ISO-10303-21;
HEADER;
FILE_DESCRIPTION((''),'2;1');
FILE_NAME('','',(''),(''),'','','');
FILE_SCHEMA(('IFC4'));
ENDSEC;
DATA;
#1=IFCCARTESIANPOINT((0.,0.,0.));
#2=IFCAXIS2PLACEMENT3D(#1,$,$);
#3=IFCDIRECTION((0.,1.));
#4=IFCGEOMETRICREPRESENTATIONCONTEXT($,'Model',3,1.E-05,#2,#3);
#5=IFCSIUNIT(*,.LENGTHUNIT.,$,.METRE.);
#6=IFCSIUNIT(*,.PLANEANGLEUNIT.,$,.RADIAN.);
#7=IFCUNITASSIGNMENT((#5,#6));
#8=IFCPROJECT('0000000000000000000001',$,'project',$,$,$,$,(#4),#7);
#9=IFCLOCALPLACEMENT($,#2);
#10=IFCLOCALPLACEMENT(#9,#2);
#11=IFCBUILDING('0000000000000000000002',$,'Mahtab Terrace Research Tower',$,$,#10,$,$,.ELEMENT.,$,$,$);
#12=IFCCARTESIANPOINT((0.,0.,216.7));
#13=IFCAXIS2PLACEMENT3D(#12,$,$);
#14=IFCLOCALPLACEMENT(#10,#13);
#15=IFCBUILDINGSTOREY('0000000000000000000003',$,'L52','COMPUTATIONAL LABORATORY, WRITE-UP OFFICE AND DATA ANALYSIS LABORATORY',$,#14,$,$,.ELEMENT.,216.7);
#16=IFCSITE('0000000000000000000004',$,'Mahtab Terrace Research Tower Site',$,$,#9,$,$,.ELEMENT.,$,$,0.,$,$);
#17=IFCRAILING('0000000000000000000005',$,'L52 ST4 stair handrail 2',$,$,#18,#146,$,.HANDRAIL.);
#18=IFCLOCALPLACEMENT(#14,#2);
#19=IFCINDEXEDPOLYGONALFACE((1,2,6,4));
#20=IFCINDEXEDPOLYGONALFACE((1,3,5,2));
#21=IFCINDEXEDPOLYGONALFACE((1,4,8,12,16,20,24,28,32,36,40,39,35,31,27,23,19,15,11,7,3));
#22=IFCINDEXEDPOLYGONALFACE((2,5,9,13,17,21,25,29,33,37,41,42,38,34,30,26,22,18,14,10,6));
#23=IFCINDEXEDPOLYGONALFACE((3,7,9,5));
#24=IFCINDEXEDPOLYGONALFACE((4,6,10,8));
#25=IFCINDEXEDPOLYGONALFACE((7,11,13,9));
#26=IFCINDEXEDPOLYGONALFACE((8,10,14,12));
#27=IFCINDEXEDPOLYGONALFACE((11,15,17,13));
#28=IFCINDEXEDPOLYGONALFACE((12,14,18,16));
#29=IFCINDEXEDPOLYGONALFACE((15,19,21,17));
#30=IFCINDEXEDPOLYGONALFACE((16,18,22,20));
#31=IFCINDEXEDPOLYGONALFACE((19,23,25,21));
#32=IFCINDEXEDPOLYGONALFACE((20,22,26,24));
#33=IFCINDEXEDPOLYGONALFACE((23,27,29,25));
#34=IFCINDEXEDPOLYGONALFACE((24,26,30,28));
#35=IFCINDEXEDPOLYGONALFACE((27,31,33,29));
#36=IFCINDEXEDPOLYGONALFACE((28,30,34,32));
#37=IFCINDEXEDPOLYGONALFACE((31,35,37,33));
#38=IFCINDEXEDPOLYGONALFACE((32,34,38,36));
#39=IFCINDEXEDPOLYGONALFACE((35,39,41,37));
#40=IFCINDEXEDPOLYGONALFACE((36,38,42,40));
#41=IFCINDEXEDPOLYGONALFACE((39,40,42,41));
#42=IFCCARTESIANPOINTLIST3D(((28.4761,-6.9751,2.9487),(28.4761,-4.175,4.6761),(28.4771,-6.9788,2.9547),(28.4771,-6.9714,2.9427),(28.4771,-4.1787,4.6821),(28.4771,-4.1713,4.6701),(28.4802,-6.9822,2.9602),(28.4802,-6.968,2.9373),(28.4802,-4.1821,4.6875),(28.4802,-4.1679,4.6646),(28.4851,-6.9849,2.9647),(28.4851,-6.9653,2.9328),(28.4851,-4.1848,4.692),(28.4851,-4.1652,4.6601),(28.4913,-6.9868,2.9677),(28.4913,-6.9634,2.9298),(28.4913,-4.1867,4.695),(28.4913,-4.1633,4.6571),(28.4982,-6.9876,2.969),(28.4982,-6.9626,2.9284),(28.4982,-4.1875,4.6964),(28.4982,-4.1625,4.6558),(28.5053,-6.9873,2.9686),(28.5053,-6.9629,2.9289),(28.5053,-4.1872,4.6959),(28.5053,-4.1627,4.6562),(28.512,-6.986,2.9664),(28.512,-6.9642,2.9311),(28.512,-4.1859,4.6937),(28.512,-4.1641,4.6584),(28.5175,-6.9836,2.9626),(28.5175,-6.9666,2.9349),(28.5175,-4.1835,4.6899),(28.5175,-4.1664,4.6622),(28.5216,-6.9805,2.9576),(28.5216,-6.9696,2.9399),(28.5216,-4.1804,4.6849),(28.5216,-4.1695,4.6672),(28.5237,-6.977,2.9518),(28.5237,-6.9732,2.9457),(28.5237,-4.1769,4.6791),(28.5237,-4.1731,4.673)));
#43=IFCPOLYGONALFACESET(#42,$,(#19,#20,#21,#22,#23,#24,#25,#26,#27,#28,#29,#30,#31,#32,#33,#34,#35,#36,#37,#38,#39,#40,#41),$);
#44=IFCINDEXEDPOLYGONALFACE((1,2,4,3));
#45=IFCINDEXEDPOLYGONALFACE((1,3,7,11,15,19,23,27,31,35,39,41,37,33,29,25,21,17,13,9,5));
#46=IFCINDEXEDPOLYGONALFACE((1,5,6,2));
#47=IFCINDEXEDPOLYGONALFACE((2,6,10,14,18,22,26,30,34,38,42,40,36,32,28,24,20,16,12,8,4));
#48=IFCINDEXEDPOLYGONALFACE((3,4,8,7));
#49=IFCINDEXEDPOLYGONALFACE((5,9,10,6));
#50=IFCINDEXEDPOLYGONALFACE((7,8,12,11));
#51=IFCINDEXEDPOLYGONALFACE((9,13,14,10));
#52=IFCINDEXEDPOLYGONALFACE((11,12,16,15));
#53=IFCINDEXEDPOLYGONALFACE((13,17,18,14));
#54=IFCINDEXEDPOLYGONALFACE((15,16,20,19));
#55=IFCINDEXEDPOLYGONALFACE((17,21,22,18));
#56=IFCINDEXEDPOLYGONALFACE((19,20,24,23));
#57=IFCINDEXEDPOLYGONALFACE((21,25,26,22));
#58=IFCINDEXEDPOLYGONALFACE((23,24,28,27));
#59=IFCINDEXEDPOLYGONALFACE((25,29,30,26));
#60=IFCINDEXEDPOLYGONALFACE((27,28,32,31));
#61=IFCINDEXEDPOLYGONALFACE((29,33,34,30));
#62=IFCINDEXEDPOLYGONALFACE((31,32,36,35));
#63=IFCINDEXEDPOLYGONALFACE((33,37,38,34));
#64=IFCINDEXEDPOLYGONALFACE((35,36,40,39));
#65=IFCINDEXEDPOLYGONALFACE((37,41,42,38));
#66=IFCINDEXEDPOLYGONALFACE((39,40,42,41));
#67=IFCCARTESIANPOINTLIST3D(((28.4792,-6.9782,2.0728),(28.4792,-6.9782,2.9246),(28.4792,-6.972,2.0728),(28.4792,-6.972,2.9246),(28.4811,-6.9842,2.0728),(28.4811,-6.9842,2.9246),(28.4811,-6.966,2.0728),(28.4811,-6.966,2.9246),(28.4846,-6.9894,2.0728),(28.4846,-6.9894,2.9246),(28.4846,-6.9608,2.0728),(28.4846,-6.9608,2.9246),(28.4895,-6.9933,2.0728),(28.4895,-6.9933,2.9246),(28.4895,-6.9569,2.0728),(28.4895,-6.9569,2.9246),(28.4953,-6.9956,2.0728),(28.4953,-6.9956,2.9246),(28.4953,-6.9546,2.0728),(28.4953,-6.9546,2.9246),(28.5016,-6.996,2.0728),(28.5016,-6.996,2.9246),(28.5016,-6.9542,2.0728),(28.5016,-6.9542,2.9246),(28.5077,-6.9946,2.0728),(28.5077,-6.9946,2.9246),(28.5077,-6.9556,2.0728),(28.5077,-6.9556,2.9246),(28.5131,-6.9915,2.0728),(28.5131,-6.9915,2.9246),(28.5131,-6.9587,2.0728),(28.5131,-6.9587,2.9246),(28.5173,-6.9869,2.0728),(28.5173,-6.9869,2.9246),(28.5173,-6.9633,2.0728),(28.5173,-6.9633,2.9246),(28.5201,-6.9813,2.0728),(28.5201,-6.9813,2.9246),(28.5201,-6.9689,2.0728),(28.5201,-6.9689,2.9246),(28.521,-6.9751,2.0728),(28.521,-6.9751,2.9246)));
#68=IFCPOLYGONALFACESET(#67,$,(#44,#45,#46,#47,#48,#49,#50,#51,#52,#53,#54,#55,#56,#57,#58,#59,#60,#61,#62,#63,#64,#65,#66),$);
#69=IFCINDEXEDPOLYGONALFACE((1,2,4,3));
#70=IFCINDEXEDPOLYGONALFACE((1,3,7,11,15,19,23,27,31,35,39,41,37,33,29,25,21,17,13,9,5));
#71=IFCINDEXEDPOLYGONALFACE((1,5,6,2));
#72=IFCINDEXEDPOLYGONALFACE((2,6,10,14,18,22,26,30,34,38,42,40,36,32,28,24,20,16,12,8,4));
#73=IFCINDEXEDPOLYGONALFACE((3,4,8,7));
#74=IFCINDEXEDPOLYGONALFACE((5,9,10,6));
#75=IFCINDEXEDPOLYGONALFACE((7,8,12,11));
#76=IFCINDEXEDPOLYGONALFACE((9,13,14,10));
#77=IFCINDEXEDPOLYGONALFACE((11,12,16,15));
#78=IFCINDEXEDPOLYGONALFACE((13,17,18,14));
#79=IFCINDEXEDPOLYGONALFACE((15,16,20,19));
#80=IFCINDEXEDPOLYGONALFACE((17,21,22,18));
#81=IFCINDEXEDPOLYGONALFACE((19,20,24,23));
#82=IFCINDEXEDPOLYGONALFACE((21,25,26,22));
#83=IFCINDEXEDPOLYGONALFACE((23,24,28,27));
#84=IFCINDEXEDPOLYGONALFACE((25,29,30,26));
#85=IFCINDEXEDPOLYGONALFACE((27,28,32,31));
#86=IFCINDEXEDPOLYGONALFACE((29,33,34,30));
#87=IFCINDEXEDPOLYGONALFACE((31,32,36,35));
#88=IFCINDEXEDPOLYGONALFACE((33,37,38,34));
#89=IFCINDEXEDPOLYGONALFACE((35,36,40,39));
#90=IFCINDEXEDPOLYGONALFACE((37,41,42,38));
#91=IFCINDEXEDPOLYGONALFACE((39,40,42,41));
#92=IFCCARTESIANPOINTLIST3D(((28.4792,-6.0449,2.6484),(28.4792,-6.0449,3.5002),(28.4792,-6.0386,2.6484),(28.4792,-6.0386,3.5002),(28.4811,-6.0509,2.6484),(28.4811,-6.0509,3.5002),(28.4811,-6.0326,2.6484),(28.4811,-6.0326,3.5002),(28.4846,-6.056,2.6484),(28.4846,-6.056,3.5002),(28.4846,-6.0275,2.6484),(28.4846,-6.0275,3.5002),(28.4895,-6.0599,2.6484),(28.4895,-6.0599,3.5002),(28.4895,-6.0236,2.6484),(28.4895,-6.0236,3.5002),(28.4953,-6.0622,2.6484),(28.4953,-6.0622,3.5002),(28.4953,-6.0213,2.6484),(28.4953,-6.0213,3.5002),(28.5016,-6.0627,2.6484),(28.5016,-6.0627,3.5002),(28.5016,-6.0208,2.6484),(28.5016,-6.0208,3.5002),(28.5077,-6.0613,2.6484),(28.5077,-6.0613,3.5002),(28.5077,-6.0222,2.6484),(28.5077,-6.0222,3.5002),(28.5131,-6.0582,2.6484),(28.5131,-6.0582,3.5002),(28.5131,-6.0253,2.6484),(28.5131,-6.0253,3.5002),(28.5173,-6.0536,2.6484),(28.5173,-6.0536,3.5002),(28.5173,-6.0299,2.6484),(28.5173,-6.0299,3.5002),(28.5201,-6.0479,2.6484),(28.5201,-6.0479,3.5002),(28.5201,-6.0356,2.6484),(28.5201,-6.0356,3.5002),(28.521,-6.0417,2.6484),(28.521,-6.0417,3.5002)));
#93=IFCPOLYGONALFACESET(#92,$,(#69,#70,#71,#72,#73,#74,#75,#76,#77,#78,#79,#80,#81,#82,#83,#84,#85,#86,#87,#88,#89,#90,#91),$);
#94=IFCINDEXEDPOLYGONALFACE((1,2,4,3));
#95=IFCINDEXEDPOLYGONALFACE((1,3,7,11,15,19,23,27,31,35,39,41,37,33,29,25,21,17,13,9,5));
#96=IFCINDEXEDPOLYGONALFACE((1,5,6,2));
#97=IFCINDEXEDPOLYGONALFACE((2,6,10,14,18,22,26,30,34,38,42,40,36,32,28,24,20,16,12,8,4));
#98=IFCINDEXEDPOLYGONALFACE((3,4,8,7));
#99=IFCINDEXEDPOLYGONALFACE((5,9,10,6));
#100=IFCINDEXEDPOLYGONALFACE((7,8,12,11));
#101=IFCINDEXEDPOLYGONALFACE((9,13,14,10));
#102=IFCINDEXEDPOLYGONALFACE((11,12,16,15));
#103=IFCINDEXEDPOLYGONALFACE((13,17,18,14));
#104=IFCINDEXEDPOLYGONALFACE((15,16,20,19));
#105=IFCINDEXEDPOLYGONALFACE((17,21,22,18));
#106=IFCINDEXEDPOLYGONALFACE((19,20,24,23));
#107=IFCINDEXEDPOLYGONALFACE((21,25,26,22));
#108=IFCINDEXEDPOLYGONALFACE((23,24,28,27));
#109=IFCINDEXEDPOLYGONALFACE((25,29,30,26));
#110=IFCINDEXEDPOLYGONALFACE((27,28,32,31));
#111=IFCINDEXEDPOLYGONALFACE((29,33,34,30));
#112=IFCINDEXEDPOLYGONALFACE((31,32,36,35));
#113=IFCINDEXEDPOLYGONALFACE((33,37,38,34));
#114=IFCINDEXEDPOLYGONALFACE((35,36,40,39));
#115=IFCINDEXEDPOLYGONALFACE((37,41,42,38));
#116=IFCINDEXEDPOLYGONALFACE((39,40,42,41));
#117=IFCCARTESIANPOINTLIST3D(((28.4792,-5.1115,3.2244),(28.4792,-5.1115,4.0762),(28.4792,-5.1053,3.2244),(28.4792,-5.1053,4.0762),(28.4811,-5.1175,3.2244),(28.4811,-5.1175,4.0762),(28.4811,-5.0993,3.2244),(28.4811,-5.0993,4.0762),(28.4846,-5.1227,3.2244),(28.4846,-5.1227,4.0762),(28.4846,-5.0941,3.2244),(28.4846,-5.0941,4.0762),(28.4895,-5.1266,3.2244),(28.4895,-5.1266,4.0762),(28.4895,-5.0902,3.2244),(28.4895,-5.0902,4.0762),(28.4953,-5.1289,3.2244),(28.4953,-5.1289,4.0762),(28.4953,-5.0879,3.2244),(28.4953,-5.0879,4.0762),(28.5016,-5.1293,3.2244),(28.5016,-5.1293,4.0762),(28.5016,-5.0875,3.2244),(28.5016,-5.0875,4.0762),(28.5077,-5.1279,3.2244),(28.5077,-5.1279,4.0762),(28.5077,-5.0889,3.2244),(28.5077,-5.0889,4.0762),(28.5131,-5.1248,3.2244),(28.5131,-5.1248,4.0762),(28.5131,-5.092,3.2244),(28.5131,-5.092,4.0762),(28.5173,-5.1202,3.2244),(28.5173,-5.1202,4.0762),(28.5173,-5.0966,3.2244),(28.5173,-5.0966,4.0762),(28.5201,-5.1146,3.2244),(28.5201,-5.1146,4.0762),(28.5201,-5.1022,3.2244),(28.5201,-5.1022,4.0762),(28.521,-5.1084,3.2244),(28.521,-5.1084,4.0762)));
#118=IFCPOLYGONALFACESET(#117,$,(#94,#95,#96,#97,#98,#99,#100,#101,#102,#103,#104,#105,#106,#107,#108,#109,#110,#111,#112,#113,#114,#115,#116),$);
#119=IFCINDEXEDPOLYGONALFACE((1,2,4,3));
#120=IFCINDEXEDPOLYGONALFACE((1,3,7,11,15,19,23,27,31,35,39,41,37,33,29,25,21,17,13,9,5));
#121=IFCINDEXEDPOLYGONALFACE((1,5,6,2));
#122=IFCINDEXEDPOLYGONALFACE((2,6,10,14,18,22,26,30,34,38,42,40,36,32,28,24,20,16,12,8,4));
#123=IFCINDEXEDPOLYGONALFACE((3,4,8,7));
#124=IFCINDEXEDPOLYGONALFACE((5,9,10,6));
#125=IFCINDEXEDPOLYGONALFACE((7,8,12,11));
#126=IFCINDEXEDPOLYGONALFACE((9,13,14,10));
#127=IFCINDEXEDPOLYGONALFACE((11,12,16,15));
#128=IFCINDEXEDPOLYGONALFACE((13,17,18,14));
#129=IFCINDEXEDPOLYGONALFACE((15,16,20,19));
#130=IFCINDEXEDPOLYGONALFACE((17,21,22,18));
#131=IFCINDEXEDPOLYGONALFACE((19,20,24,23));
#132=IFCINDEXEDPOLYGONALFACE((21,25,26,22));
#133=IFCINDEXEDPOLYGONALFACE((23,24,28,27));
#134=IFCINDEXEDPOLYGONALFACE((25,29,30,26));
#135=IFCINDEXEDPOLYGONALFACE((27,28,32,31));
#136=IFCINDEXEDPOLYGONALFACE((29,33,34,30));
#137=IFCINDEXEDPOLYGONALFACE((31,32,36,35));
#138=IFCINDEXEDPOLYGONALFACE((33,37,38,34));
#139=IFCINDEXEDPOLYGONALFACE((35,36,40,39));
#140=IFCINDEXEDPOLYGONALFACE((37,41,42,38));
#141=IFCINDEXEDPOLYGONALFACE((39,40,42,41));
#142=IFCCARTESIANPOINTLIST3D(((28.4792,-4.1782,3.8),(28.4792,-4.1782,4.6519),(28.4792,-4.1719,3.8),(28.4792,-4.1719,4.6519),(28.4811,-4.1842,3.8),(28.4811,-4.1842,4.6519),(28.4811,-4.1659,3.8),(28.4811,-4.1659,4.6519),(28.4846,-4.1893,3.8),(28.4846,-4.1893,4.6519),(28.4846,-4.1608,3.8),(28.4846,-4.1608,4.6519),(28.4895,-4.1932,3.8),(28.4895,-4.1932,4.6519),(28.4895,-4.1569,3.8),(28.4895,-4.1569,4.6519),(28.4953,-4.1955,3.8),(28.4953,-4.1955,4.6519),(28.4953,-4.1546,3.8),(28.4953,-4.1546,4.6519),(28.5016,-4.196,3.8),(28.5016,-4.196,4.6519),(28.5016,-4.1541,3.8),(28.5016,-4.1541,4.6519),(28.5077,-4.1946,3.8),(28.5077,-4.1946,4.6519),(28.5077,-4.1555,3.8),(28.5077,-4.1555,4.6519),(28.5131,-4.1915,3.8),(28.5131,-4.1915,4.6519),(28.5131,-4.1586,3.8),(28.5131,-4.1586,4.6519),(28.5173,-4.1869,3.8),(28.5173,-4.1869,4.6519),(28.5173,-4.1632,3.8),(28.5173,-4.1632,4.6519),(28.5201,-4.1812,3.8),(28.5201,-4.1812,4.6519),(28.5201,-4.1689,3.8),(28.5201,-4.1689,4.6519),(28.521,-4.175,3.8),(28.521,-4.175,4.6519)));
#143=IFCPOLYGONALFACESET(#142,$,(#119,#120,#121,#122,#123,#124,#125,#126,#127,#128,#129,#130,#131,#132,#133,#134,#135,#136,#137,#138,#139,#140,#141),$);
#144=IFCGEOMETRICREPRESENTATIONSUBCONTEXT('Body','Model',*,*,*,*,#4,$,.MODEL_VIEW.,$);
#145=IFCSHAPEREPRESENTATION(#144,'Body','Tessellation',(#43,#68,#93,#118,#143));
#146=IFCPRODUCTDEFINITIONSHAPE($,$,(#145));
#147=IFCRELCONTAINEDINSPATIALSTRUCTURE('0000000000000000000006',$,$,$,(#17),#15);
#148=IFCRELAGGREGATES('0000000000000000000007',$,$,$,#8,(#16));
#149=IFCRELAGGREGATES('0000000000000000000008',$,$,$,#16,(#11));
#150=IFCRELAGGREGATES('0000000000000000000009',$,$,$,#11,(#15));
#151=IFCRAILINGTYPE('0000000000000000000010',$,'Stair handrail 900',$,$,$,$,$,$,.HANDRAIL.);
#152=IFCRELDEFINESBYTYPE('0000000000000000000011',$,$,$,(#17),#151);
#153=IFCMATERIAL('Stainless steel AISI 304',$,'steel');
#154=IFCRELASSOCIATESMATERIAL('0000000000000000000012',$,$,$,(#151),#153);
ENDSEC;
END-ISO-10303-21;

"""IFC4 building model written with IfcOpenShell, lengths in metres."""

from ifc_helpers import new_model, si_unit, direction, frame, origin, origin_2d, place, context, subcontext, project, spatial, circle, extrude, material, type_object, element, save


model = new_model("IFC4")

# Units and contexts
model_context = context("Model", 3, precision=1e-05, world=origin(), true_north=direction((0.0, 1.0)))
body_context = subcontext(model_context, "Body", "Model", "MODEL_VIEW")
ifc_project = project(units=[si_unit("LENGTHUNIT", "METRE"), si_unit("PLANEANGLEUNIT", "RADIAN")], contexts=[model_context])

# Site, building, storey
site_placement = place(None, origin())
site = spatial("IfcSite", under=ifc_project, at=site_placement, Name="Mahtab Terrace Research Tower Site", CompositionType="ELEMENT", RefElevation=0.0)
building_placement = place(site_placement, origin())
building = spatial("IfcBuilding", under=site, at=building_placement, Name="Mahtab Terrace Research Tower", CompositionType="ELEMENT")
storey_placement = place(building_placement, frame((0.0, 0.0, 216.7)))
storey = spatial("IfcBuildingStorey", under=building, at=storey_placement, Name="L52", Description="COMPUTATIONAL LABORATORY, WRITE-UP OFFICE AND DATA ANALYSIS LABORATORY", CompositionType="ELEMENT", Elevation=216.7)

# Railing
ifc_material_1 = material(Name="Stainless steel AISI 304", Category="steel")
railing_type_1 = type_object("IfcRailingType", Name="Stair handrail 900", PredefinedType="HANDRAIL", material=ifc_material_1)
railing_1_placement = place(storey_placement, frame((28.5, -6.9751, 2.0728)))
element("IfcRailing", 1, at=railing_1_placement, inside=storey, type_object=railing_type_1, Name="L52 ST4 stair handrail 2", PredefinedType="HANDRAIL", context=body_context, shape_type="SweptSolid", body=[
    extrude(circle(Radius=0.0239, at=origin_2d()), frame((0.0, 0.0, 0.876), z_axis=(0.0, 0.85109, 0.52502), x_axis=(-1.0, 0.0, 0.0)), (0.0, 0.0, 1.0), 3.29),
    extrude(circle(Radius=0.021, at=origin_2d()), origin(), (0.0, 0.0, 1.0), 0.8518),
    extrude(circle(Radius=0.021, at=origin_2d()), frame((0.0, 0.9333, 0.5757)), (0.0, 0.0, 1.0), 0.8518),
    extrude(circle(Radius=0.021, at=origin_2d()), frame((0.0, 1.8667, 1.1516)), (0.0, 0.0, 1.0), 0.8518),
    extrude(circle(Radius=0.021, at=origin_2d()), frame((0.0, 2.8, 1.7273)), (0.0, 0.0, 1.0), 0.8518),
])

save(model, "model.ifc")
